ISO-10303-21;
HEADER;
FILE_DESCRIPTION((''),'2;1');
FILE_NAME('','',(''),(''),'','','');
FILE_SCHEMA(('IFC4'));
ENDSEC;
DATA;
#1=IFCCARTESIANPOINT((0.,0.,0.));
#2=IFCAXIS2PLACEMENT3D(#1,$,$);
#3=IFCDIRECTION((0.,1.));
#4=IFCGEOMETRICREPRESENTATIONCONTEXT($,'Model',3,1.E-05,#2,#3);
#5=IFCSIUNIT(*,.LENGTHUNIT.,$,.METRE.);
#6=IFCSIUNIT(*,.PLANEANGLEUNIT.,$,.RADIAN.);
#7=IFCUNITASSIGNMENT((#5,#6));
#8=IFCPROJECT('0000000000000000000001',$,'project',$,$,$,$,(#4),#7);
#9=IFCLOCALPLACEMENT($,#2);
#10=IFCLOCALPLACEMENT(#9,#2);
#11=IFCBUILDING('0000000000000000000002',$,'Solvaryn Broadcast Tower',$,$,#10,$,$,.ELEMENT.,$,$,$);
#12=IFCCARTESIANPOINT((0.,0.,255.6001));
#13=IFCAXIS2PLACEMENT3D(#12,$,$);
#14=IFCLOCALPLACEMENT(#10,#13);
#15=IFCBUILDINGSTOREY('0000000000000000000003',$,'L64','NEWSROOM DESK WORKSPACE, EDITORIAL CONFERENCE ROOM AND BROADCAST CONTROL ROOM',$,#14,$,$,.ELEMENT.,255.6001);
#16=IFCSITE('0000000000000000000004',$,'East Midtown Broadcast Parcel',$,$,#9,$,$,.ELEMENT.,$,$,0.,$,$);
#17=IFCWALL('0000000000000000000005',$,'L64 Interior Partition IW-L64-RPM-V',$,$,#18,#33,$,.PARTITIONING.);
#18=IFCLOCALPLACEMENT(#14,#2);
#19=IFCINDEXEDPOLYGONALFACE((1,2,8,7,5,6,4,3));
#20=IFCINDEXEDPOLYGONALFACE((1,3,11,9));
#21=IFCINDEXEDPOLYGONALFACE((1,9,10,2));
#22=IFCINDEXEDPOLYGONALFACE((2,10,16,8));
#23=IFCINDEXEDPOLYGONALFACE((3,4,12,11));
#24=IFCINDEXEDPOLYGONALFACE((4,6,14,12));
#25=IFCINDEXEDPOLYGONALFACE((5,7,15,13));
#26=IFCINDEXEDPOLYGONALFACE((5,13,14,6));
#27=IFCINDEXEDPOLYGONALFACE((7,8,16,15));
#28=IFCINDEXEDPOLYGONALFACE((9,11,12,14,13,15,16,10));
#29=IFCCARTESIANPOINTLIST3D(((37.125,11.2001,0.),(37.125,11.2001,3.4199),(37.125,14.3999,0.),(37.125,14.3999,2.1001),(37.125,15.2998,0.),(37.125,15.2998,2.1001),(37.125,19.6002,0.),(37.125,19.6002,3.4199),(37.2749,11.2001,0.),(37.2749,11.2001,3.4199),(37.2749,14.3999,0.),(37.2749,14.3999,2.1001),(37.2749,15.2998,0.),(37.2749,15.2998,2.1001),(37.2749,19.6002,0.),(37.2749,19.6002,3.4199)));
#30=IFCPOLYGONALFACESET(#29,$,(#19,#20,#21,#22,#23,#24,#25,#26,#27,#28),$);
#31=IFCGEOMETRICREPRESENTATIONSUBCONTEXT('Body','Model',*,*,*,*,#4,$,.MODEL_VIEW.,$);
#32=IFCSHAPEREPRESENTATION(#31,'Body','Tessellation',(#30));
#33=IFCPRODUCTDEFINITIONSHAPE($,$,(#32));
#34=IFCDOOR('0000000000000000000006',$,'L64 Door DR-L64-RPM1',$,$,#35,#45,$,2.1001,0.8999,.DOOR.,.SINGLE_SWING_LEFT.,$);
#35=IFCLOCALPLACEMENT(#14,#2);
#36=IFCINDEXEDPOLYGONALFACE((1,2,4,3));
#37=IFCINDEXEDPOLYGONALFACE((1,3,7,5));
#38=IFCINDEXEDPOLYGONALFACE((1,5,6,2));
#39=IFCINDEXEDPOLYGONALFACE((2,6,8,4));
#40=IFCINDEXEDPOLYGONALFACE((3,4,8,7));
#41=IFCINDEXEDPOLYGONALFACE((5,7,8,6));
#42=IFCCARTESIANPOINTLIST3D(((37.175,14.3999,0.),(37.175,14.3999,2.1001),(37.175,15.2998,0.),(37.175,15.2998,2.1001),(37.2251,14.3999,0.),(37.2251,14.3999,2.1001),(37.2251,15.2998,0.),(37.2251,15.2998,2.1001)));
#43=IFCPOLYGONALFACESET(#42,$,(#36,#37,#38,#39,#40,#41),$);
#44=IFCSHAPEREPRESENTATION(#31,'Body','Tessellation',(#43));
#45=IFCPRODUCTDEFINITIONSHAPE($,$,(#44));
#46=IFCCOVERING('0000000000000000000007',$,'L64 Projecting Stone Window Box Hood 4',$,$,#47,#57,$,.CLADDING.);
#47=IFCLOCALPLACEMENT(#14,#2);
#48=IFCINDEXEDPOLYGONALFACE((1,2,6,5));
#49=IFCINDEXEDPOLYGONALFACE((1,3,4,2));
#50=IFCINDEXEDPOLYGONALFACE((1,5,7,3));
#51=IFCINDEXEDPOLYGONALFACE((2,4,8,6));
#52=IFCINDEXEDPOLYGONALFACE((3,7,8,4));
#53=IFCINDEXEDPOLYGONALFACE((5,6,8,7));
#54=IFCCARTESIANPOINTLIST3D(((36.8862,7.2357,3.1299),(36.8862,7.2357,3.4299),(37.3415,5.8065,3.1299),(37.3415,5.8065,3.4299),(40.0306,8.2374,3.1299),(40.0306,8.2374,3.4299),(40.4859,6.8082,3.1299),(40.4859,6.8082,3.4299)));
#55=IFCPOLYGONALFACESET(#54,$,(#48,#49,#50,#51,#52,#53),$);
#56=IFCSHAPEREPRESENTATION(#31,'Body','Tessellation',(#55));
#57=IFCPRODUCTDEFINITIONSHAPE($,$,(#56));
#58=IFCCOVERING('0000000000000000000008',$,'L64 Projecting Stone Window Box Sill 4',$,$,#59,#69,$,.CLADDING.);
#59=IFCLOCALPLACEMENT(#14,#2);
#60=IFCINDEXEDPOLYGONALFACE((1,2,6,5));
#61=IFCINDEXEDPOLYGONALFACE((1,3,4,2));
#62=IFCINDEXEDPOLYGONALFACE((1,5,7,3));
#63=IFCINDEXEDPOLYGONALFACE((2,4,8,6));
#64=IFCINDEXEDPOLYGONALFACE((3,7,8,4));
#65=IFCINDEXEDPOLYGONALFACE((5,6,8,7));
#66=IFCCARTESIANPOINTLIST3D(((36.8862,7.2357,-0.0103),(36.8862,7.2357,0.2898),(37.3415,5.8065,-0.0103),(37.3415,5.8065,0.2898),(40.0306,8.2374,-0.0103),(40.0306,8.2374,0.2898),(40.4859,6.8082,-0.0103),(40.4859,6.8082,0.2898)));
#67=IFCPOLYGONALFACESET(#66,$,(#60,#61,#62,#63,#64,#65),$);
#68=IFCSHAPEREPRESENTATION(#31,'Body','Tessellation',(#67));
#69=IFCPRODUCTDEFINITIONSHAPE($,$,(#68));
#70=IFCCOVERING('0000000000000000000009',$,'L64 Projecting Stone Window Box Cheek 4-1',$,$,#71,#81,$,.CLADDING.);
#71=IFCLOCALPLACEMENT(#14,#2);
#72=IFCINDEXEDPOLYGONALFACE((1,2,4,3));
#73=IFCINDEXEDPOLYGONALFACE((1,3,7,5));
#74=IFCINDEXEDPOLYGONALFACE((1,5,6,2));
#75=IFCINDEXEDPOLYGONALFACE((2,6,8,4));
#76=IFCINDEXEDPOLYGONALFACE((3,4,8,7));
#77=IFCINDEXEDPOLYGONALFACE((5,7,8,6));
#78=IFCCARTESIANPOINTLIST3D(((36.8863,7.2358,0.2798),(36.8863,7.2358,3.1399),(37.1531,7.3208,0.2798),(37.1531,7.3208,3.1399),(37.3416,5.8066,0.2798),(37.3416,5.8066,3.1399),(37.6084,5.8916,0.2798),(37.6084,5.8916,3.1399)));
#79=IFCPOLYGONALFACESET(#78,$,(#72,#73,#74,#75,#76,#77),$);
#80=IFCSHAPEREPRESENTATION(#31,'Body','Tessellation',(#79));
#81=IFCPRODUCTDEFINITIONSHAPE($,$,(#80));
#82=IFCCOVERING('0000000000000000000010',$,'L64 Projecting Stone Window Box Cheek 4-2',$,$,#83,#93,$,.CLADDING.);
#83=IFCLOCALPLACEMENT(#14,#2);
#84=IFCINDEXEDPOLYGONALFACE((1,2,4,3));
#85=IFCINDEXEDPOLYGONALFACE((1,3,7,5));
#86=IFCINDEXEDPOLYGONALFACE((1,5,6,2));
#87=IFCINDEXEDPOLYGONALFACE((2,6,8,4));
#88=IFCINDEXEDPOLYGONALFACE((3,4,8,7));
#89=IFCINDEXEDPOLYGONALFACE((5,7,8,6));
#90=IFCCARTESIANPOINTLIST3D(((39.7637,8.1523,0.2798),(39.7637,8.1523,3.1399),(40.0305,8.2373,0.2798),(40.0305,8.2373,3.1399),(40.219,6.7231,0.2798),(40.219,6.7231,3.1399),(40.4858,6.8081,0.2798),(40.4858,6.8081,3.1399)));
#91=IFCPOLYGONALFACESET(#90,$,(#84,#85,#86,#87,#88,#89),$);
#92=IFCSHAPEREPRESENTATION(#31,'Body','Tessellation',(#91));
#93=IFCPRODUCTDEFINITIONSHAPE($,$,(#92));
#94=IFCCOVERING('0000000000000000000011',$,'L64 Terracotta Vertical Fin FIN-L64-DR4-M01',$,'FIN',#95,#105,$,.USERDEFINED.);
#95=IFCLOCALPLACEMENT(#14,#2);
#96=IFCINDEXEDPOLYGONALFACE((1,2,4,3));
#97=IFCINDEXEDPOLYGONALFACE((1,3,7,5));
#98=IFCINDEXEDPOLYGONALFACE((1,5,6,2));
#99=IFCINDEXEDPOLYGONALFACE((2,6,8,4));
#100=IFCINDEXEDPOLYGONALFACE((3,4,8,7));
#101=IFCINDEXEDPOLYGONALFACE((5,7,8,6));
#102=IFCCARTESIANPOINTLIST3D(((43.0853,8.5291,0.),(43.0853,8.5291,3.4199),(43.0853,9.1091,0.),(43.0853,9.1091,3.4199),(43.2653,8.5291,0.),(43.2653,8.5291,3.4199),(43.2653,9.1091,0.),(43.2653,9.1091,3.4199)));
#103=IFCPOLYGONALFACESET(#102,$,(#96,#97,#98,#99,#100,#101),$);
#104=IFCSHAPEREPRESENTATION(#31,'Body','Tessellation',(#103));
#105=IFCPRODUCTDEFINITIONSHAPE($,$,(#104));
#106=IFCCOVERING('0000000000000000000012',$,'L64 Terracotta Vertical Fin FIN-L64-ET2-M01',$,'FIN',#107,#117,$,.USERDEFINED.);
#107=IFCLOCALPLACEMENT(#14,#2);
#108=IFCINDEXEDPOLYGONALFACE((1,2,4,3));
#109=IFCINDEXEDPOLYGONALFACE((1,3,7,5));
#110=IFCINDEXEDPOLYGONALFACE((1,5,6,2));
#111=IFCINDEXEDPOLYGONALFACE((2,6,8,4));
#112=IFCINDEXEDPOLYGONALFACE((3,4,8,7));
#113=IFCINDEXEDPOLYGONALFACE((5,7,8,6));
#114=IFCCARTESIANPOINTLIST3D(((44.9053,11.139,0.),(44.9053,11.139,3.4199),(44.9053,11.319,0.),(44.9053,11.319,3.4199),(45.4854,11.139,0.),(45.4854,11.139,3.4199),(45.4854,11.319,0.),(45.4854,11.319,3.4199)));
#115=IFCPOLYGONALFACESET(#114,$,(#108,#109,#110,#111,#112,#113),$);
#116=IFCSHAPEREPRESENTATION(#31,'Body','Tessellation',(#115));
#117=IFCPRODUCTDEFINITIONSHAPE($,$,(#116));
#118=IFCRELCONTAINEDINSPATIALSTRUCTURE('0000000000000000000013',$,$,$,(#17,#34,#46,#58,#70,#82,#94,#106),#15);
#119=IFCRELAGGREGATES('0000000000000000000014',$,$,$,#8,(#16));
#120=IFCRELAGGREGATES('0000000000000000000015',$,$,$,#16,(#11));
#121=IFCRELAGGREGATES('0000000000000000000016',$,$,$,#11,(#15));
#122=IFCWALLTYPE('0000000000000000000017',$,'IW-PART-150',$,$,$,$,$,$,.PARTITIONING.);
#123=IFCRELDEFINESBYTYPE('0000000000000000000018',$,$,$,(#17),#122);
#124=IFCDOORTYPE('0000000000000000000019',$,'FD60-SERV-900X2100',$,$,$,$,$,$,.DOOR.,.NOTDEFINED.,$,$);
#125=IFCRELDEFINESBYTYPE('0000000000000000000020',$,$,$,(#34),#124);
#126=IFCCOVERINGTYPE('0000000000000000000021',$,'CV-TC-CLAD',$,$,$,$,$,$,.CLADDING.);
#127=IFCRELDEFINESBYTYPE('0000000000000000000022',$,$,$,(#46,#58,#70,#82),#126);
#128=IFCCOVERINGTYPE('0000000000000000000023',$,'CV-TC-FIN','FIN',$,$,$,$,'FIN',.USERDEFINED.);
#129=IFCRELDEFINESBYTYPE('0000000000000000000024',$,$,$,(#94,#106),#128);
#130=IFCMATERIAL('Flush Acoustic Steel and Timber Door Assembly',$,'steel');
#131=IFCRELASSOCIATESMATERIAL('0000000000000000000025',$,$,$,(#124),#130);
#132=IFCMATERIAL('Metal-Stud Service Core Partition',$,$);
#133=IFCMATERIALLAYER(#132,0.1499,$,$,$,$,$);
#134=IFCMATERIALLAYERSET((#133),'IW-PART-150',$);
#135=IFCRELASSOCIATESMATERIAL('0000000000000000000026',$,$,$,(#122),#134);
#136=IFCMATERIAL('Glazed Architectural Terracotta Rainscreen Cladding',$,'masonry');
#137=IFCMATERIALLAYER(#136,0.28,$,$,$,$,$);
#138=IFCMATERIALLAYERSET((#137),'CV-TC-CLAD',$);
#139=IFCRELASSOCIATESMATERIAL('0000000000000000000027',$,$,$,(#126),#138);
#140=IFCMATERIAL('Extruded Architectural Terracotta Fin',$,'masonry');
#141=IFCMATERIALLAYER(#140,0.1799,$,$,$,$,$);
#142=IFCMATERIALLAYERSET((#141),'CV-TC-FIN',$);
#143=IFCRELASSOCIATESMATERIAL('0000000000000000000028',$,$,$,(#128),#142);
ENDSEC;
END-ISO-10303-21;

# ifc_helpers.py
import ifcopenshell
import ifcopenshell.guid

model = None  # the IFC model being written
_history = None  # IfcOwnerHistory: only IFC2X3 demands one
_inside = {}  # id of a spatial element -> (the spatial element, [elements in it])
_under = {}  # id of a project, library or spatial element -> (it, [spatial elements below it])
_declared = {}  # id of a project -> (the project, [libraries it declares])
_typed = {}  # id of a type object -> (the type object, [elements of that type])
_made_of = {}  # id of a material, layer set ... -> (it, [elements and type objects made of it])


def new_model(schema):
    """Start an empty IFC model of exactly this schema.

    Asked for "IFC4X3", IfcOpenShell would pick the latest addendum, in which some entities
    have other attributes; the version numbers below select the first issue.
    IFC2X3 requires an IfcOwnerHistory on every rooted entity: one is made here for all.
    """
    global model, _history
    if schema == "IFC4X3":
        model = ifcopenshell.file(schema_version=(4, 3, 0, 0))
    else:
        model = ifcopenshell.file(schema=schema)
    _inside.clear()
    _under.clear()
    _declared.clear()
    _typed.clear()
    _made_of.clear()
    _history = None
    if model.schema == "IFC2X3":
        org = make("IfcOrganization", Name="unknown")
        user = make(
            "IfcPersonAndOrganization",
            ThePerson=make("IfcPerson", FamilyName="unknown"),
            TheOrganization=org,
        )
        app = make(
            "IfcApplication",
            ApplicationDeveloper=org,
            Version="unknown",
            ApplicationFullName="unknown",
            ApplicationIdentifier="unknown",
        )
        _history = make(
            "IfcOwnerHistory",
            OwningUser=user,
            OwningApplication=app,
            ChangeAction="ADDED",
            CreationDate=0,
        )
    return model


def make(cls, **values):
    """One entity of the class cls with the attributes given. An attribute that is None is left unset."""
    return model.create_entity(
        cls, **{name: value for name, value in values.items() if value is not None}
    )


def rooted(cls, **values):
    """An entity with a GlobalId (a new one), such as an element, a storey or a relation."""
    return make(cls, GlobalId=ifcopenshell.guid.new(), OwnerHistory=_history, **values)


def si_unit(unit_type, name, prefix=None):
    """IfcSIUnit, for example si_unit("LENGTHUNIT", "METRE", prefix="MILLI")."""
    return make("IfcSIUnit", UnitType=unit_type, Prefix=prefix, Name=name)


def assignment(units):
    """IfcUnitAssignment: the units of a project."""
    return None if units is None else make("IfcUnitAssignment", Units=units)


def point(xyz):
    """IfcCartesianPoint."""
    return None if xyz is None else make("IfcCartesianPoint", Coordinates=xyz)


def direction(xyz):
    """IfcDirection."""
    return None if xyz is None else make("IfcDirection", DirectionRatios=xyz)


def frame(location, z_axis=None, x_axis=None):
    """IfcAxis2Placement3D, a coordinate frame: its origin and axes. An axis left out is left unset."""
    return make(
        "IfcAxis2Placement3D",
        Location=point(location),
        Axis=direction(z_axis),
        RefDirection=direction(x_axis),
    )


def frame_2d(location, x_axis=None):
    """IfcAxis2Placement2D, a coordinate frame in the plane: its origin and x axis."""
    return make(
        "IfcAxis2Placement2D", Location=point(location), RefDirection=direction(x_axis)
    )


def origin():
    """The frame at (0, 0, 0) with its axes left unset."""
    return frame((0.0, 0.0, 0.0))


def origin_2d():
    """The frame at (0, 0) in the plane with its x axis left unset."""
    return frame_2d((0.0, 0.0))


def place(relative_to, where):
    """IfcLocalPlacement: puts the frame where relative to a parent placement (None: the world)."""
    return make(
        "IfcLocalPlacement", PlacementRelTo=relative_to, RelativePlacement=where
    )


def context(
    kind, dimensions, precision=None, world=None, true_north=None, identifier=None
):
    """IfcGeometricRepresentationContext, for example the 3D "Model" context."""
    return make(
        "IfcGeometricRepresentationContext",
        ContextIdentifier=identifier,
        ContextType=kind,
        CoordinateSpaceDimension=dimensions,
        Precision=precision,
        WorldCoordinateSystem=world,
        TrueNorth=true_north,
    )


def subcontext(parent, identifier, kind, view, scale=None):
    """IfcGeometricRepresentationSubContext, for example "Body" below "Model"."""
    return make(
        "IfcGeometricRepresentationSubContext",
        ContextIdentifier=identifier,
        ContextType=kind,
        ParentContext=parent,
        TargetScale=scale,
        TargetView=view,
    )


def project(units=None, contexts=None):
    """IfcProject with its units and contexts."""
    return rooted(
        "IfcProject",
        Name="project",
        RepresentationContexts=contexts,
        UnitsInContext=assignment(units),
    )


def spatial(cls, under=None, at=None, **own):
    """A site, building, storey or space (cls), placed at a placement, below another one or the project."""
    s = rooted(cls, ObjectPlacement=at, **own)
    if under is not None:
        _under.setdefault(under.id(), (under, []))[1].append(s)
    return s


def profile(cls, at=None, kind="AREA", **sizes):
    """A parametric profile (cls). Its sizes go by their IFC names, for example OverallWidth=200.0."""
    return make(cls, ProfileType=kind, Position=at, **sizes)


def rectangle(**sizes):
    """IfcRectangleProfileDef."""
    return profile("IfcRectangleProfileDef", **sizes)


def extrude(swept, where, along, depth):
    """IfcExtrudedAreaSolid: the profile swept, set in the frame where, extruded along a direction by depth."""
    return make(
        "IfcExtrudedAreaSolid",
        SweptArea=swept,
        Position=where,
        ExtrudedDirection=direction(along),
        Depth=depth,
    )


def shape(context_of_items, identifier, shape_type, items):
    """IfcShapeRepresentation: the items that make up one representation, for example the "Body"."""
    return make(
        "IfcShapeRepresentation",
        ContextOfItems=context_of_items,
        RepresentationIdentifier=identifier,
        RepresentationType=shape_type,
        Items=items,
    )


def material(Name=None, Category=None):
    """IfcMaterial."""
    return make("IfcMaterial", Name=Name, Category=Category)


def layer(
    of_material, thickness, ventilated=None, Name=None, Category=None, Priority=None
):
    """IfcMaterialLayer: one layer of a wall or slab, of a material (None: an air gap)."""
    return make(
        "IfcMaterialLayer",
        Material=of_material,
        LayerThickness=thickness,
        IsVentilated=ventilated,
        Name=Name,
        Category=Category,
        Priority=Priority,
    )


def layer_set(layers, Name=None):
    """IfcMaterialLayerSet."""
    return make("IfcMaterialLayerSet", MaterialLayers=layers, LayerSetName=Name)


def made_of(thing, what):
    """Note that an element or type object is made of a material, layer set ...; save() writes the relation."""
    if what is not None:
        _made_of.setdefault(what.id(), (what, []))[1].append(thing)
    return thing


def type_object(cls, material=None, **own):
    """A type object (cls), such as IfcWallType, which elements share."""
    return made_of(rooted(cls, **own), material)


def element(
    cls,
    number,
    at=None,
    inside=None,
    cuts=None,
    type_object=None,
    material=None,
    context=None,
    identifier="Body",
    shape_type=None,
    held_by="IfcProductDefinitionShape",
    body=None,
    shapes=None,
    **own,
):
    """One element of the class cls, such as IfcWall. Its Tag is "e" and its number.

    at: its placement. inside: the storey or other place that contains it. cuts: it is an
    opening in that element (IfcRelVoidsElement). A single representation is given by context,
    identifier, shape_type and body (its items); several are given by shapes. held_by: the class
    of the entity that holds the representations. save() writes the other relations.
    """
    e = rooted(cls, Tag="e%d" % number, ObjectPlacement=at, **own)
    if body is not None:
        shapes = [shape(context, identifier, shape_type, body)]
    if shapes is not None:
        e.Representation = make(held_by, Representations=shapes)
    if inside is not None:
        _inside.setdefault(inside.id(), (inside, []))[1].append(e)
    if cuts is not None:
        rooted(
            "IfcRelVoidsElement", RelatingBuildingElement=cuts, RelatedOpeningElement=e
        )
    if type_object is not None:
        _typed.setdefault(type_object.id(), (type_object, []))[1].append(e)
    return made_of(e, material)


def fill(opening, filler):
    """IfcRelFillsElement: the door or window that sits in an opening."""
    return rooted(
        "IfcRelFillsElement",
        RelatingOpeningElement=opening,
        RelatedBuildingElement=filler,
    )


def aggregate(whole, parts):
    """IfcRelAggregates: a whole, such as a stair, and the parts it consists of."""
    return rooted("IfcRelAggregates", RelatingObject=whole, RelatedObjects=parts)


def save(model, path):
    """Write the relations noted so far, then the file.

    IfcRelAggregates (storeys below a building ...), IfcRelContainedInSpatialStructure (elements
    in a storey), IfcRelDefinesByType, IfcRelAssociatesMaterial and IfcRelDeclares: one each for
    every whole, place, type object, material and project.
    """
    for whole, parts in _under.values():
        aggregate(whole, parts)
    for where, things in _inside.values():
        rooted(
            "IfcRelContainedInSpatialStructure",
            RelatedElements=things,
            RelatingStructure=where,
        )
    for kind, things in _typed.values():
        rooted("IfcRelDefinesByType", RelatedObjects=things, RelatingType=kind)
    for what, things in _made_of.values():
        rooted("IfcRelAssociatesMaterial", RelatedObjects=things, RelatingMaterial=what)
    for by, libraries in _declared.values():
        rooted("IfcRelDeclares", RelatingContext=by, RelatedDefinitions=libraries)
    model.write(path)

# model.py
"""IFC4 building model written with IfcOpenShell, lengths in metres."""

from ifc_helpers import new_model, si_unit, direction, frame, frame_2d, origin, origin_2d, place, context, subcontext, project, spatial, rectangle, extrude, material, layer, layer_set, type_object, element, fill, save


model = new_model("IFC4")

# Units and contexts
model_context = context("Model", 3, precision=1e-05, world=origin(), true_north=direction((0.0, 1.0)))
body_context = subcontext(model_context, "Body", "Model", "MODEL_VIEW")
ifc_project = project(units=[si_unit("LENGTHUNIT", "METRE"), si_unit("PLANEANGLEUNIT", "RADIAN")], contexts=[model_context])

# Site, building, storey
site_placement = place(None, origin())
site = spatial("IfcSite", under=ifc_project, at=site_placement, Name="East Midtown Broadcast Parcel", CompositionType="ELEMENT", RefElevation=0.0)
building_placement = place(site_placement, origin())
building = spatial("IfcBuilding", under=site, at=building_placement, Name="Solvaryn Broadcast Tower", CompositionType="ELEMENT")
storey_placement = place(building_placement, frame((0.0, 0.0, 255.6001)))
storey = spatial("IfcBuildingStorey", under=building, at=storey_placement, Name="L64", Description="NEWSROOM DESK WORKSPACE, EDITORIAL CONFERENCE ROOM AND BROADCAST CONTROL ROOM", CompositionType="ELEMENT", Elevation=255.6001)

# Shared definitions
ifc_material_1 = material(Name="Flush Acoustic Steel and Timber Door Assembly", Category="steel")
door_type = type_object("IfcDoorType", Name="FD60-SERV-900X2100", OperationType="NOTDEFINED", PredefinedType="DOOR", material=ifc_material_1)

# Wall, opening, door
ifc_material_2 = material(Name="Metal-Stud Service Core Partition")
ifc_layer_1 = layer(ifc_material_2, 0.1499)
ifc_layer_set_1 = layer_set([ifc_layer_1], Name="IW-PART-150")
wall_type_1 = type_object("IfcWallType", Name="IW-PART-150", PredefinedType="PARTITIONING", material=ifc_layer_set_1)
wall_1_placement = place(storey_placement, frame((37.2, 11.2, 0.0), z_axis=(0.0, 0.0, 1.0), x_axis=(0.0, 1.0, 0.0)))
wall_1 = element("IfcWall", 1, at=wall_1_placement, inside=storey, type_object=wall_type_1, Name="L64 Interior Partition IW-L64-RPM-V", PredefinedType="PARTITIONING", context=body_context, shape_type="SweptSolid", body=[
    extrude(rectangle(XDim=8.4001, YDim=0.1499, at=frame_2d((4.2002, 0.0))), origin(), (0.0, 0.0, 1.0), 3.4199),
])
opening_1_placement = place(wall_1_placement, frame((3.2, 0.0, 0.0)))
opening_1 = element("IfcOpeningElement", 2, at=opening_1_placement, cuts=wall_1, PredefinedType="OPENING", context=body_context, shape_type="SweptSolid", body=[
    extrude(rectangle(XDim=0.8999, YDim=2.1001, at=frame_2d((0.45, 1.05))), frame((0.0, 0.085, 0.0), z_axis=(0.0, -1.0, 0.0), x_axis=(1.0, 0.0, 0.0)), (0.0, 0.0, 1.0), 0.1699),
])
door_1_placement = place(opening_1_placement, origin())
door_1 = element("IfcDoor", 3, at=door_1_placement, inside=storey, type_object=door_type, Name="L64 Door DR-L64-RPM1", OperationType="SINGLE_SWING_LEFT", OverallHeight=2.1001, OverallWidth=0.8999, PredefinedType="DOOR", context=body_context, shape_type="SweptSolid", body=[
    extrude(rectangle(XDim=0.8999, YDim=2.1001, at=frame_2d((0.45, 1.05))), frame((0.0, 0.0249, 0.0), z_axis=(0.0, -1.0, 0.0), x_axis=(1.0, 0.0, 0.0)), (0.0, 0.0, 1.0), 0.05),
])
fill(opening_1, door_1)

# Coverings
ifc_material_3 = material(Name="Glazed Architectural Terracotta Rainscreen Cladding", Category="masonry")
ifc_layer_2 = layer(ifc_material_3, 0.28)
ifc_layer_set_2 = layer_set([ifc_layer_2], Name="CV-TC-CLAD")
covering_type_1 = type_object("IfcCoveringType", Name="CV-TC-CLAD", PredefinedType="CLADDING", material=ifc_layer_set_2)
for number, where, z_axis, x_axis, name in (
    (4, (38.686, 7.022, 3.1299), (0.0, 0.0, 1.0), (0.952821, 0.303534, 0.0), "L64 Projecting Stone Window Box Hood 4"),
    (5, (38.686, 7.022, -0.0103), (0.0, 0.0, 1.0), (0.952821, 0.303534, 0.0), "L64 Projecting Stone Window Box Sill 4"),
):
    element("IfcCovering", number, at=place(storey_placement, frame(where, z_axis=z_axis, x_axis=x_axis)), inside=storey, type_object=covering_type_1, Name=name, PredefinedType="CLADDING", context=body_context, shape_type="SweptSolid", body=[
        extrude(rectangle(XDim=3.3, YDim=1.5, at=origin_2d()), origin(), (0.0, 0.0, 1.0), 0.3),
    ])
for number, where, z_axis, x_axis, name in (
    (6, (37.2473, 6.5637, 0.2798), (0.0, 0.0, 1.0), (0.952821, 0.303534, 0.0), "L64 Projecting Stone Window Box Cheek 4-1"),
    (7, (40.1248, 7.4802, 0.2798), (0.0, 0.0, 1.0), (0.952821, 0.303534, 0.0), "L64 Projecting Stone Window Box Cheek 4-2"),
):
    element("IfcCovering", number, at=place(storey_placement, frame(where, z_axis=z_axis, x_axis=x_axis)), inside=storey, type_object=covering_type_1, Name=name, PredefinedType="CLADDING", context=body_context, shape_type="SweptSolid", body=[
        extrude(rectangle(XDim=0.28, YDim=1.5, at=origin_2d()), origin(), (0.0, 0.0, 1.0), 2.8601),
    ])
ifc_material_4 = material(Name="Extruded Architectural Terracotta Fin", Category="masonry")
ifc_layer_3 = layer(ifc_material_4, 0.1799)
ifc_layer_set_3 = layer_set([ifc_layer_3], Name="CV-TC-FIN")
covering_type_2 = type_object("IfcCoveringType", Name="CV-TC-FIN", Description="FIN", ElementType="FIN", PredefinedType="USERDEFINED", material=ifc_layer_set_3)
covering_1_placement = place(storey_placement, frame((43.1753, 8.8191, 0.0), z_axis=(0.0, 0.0, 1.0), x_axis=(1.0, 0.0, 0.0)))
element("IfcCovering", 8, at=covering_1_placement, inside=storey, type_object=covering_type_2, Name="L64 Terracotta Vertical Fin FIN-L64-DR4-M01", ObjectType="FIN", PredefinedType="USERDEFINED", context=body_context, shape_type="SweptSolid", body=[
    extrude(rectangle(XDim=0.1799, YDim=0.5801, at=origin_2d()), origin(), (0.0, 0.0, 1.0), 3.4199),
])
covering_2_placement = place(storey_placement, frame((45.1953, 11.229, 0.0), z_axis=(0.0, 0.0, 1.0), x_axis=(1.0, 0.0, 0.0)))
element("IfcCovering", 9, at=covering_2_placement, inside=storey, type_object=covering_type_2, Name="L64 Terracotta Vertical Fin FIN-L64-ET2-M01", ObjectType="FIN", PredefinedType="USERDEFINED", context=body_context, shape_type="SweptSolid", body=[
    extrude(rectangle(XDim=0.5801, YDim=0.1799, at=origin_2d()), origin(), (0.0, 0.0, 1.0), 3.4199),
])

save(model, "model.ifc")
